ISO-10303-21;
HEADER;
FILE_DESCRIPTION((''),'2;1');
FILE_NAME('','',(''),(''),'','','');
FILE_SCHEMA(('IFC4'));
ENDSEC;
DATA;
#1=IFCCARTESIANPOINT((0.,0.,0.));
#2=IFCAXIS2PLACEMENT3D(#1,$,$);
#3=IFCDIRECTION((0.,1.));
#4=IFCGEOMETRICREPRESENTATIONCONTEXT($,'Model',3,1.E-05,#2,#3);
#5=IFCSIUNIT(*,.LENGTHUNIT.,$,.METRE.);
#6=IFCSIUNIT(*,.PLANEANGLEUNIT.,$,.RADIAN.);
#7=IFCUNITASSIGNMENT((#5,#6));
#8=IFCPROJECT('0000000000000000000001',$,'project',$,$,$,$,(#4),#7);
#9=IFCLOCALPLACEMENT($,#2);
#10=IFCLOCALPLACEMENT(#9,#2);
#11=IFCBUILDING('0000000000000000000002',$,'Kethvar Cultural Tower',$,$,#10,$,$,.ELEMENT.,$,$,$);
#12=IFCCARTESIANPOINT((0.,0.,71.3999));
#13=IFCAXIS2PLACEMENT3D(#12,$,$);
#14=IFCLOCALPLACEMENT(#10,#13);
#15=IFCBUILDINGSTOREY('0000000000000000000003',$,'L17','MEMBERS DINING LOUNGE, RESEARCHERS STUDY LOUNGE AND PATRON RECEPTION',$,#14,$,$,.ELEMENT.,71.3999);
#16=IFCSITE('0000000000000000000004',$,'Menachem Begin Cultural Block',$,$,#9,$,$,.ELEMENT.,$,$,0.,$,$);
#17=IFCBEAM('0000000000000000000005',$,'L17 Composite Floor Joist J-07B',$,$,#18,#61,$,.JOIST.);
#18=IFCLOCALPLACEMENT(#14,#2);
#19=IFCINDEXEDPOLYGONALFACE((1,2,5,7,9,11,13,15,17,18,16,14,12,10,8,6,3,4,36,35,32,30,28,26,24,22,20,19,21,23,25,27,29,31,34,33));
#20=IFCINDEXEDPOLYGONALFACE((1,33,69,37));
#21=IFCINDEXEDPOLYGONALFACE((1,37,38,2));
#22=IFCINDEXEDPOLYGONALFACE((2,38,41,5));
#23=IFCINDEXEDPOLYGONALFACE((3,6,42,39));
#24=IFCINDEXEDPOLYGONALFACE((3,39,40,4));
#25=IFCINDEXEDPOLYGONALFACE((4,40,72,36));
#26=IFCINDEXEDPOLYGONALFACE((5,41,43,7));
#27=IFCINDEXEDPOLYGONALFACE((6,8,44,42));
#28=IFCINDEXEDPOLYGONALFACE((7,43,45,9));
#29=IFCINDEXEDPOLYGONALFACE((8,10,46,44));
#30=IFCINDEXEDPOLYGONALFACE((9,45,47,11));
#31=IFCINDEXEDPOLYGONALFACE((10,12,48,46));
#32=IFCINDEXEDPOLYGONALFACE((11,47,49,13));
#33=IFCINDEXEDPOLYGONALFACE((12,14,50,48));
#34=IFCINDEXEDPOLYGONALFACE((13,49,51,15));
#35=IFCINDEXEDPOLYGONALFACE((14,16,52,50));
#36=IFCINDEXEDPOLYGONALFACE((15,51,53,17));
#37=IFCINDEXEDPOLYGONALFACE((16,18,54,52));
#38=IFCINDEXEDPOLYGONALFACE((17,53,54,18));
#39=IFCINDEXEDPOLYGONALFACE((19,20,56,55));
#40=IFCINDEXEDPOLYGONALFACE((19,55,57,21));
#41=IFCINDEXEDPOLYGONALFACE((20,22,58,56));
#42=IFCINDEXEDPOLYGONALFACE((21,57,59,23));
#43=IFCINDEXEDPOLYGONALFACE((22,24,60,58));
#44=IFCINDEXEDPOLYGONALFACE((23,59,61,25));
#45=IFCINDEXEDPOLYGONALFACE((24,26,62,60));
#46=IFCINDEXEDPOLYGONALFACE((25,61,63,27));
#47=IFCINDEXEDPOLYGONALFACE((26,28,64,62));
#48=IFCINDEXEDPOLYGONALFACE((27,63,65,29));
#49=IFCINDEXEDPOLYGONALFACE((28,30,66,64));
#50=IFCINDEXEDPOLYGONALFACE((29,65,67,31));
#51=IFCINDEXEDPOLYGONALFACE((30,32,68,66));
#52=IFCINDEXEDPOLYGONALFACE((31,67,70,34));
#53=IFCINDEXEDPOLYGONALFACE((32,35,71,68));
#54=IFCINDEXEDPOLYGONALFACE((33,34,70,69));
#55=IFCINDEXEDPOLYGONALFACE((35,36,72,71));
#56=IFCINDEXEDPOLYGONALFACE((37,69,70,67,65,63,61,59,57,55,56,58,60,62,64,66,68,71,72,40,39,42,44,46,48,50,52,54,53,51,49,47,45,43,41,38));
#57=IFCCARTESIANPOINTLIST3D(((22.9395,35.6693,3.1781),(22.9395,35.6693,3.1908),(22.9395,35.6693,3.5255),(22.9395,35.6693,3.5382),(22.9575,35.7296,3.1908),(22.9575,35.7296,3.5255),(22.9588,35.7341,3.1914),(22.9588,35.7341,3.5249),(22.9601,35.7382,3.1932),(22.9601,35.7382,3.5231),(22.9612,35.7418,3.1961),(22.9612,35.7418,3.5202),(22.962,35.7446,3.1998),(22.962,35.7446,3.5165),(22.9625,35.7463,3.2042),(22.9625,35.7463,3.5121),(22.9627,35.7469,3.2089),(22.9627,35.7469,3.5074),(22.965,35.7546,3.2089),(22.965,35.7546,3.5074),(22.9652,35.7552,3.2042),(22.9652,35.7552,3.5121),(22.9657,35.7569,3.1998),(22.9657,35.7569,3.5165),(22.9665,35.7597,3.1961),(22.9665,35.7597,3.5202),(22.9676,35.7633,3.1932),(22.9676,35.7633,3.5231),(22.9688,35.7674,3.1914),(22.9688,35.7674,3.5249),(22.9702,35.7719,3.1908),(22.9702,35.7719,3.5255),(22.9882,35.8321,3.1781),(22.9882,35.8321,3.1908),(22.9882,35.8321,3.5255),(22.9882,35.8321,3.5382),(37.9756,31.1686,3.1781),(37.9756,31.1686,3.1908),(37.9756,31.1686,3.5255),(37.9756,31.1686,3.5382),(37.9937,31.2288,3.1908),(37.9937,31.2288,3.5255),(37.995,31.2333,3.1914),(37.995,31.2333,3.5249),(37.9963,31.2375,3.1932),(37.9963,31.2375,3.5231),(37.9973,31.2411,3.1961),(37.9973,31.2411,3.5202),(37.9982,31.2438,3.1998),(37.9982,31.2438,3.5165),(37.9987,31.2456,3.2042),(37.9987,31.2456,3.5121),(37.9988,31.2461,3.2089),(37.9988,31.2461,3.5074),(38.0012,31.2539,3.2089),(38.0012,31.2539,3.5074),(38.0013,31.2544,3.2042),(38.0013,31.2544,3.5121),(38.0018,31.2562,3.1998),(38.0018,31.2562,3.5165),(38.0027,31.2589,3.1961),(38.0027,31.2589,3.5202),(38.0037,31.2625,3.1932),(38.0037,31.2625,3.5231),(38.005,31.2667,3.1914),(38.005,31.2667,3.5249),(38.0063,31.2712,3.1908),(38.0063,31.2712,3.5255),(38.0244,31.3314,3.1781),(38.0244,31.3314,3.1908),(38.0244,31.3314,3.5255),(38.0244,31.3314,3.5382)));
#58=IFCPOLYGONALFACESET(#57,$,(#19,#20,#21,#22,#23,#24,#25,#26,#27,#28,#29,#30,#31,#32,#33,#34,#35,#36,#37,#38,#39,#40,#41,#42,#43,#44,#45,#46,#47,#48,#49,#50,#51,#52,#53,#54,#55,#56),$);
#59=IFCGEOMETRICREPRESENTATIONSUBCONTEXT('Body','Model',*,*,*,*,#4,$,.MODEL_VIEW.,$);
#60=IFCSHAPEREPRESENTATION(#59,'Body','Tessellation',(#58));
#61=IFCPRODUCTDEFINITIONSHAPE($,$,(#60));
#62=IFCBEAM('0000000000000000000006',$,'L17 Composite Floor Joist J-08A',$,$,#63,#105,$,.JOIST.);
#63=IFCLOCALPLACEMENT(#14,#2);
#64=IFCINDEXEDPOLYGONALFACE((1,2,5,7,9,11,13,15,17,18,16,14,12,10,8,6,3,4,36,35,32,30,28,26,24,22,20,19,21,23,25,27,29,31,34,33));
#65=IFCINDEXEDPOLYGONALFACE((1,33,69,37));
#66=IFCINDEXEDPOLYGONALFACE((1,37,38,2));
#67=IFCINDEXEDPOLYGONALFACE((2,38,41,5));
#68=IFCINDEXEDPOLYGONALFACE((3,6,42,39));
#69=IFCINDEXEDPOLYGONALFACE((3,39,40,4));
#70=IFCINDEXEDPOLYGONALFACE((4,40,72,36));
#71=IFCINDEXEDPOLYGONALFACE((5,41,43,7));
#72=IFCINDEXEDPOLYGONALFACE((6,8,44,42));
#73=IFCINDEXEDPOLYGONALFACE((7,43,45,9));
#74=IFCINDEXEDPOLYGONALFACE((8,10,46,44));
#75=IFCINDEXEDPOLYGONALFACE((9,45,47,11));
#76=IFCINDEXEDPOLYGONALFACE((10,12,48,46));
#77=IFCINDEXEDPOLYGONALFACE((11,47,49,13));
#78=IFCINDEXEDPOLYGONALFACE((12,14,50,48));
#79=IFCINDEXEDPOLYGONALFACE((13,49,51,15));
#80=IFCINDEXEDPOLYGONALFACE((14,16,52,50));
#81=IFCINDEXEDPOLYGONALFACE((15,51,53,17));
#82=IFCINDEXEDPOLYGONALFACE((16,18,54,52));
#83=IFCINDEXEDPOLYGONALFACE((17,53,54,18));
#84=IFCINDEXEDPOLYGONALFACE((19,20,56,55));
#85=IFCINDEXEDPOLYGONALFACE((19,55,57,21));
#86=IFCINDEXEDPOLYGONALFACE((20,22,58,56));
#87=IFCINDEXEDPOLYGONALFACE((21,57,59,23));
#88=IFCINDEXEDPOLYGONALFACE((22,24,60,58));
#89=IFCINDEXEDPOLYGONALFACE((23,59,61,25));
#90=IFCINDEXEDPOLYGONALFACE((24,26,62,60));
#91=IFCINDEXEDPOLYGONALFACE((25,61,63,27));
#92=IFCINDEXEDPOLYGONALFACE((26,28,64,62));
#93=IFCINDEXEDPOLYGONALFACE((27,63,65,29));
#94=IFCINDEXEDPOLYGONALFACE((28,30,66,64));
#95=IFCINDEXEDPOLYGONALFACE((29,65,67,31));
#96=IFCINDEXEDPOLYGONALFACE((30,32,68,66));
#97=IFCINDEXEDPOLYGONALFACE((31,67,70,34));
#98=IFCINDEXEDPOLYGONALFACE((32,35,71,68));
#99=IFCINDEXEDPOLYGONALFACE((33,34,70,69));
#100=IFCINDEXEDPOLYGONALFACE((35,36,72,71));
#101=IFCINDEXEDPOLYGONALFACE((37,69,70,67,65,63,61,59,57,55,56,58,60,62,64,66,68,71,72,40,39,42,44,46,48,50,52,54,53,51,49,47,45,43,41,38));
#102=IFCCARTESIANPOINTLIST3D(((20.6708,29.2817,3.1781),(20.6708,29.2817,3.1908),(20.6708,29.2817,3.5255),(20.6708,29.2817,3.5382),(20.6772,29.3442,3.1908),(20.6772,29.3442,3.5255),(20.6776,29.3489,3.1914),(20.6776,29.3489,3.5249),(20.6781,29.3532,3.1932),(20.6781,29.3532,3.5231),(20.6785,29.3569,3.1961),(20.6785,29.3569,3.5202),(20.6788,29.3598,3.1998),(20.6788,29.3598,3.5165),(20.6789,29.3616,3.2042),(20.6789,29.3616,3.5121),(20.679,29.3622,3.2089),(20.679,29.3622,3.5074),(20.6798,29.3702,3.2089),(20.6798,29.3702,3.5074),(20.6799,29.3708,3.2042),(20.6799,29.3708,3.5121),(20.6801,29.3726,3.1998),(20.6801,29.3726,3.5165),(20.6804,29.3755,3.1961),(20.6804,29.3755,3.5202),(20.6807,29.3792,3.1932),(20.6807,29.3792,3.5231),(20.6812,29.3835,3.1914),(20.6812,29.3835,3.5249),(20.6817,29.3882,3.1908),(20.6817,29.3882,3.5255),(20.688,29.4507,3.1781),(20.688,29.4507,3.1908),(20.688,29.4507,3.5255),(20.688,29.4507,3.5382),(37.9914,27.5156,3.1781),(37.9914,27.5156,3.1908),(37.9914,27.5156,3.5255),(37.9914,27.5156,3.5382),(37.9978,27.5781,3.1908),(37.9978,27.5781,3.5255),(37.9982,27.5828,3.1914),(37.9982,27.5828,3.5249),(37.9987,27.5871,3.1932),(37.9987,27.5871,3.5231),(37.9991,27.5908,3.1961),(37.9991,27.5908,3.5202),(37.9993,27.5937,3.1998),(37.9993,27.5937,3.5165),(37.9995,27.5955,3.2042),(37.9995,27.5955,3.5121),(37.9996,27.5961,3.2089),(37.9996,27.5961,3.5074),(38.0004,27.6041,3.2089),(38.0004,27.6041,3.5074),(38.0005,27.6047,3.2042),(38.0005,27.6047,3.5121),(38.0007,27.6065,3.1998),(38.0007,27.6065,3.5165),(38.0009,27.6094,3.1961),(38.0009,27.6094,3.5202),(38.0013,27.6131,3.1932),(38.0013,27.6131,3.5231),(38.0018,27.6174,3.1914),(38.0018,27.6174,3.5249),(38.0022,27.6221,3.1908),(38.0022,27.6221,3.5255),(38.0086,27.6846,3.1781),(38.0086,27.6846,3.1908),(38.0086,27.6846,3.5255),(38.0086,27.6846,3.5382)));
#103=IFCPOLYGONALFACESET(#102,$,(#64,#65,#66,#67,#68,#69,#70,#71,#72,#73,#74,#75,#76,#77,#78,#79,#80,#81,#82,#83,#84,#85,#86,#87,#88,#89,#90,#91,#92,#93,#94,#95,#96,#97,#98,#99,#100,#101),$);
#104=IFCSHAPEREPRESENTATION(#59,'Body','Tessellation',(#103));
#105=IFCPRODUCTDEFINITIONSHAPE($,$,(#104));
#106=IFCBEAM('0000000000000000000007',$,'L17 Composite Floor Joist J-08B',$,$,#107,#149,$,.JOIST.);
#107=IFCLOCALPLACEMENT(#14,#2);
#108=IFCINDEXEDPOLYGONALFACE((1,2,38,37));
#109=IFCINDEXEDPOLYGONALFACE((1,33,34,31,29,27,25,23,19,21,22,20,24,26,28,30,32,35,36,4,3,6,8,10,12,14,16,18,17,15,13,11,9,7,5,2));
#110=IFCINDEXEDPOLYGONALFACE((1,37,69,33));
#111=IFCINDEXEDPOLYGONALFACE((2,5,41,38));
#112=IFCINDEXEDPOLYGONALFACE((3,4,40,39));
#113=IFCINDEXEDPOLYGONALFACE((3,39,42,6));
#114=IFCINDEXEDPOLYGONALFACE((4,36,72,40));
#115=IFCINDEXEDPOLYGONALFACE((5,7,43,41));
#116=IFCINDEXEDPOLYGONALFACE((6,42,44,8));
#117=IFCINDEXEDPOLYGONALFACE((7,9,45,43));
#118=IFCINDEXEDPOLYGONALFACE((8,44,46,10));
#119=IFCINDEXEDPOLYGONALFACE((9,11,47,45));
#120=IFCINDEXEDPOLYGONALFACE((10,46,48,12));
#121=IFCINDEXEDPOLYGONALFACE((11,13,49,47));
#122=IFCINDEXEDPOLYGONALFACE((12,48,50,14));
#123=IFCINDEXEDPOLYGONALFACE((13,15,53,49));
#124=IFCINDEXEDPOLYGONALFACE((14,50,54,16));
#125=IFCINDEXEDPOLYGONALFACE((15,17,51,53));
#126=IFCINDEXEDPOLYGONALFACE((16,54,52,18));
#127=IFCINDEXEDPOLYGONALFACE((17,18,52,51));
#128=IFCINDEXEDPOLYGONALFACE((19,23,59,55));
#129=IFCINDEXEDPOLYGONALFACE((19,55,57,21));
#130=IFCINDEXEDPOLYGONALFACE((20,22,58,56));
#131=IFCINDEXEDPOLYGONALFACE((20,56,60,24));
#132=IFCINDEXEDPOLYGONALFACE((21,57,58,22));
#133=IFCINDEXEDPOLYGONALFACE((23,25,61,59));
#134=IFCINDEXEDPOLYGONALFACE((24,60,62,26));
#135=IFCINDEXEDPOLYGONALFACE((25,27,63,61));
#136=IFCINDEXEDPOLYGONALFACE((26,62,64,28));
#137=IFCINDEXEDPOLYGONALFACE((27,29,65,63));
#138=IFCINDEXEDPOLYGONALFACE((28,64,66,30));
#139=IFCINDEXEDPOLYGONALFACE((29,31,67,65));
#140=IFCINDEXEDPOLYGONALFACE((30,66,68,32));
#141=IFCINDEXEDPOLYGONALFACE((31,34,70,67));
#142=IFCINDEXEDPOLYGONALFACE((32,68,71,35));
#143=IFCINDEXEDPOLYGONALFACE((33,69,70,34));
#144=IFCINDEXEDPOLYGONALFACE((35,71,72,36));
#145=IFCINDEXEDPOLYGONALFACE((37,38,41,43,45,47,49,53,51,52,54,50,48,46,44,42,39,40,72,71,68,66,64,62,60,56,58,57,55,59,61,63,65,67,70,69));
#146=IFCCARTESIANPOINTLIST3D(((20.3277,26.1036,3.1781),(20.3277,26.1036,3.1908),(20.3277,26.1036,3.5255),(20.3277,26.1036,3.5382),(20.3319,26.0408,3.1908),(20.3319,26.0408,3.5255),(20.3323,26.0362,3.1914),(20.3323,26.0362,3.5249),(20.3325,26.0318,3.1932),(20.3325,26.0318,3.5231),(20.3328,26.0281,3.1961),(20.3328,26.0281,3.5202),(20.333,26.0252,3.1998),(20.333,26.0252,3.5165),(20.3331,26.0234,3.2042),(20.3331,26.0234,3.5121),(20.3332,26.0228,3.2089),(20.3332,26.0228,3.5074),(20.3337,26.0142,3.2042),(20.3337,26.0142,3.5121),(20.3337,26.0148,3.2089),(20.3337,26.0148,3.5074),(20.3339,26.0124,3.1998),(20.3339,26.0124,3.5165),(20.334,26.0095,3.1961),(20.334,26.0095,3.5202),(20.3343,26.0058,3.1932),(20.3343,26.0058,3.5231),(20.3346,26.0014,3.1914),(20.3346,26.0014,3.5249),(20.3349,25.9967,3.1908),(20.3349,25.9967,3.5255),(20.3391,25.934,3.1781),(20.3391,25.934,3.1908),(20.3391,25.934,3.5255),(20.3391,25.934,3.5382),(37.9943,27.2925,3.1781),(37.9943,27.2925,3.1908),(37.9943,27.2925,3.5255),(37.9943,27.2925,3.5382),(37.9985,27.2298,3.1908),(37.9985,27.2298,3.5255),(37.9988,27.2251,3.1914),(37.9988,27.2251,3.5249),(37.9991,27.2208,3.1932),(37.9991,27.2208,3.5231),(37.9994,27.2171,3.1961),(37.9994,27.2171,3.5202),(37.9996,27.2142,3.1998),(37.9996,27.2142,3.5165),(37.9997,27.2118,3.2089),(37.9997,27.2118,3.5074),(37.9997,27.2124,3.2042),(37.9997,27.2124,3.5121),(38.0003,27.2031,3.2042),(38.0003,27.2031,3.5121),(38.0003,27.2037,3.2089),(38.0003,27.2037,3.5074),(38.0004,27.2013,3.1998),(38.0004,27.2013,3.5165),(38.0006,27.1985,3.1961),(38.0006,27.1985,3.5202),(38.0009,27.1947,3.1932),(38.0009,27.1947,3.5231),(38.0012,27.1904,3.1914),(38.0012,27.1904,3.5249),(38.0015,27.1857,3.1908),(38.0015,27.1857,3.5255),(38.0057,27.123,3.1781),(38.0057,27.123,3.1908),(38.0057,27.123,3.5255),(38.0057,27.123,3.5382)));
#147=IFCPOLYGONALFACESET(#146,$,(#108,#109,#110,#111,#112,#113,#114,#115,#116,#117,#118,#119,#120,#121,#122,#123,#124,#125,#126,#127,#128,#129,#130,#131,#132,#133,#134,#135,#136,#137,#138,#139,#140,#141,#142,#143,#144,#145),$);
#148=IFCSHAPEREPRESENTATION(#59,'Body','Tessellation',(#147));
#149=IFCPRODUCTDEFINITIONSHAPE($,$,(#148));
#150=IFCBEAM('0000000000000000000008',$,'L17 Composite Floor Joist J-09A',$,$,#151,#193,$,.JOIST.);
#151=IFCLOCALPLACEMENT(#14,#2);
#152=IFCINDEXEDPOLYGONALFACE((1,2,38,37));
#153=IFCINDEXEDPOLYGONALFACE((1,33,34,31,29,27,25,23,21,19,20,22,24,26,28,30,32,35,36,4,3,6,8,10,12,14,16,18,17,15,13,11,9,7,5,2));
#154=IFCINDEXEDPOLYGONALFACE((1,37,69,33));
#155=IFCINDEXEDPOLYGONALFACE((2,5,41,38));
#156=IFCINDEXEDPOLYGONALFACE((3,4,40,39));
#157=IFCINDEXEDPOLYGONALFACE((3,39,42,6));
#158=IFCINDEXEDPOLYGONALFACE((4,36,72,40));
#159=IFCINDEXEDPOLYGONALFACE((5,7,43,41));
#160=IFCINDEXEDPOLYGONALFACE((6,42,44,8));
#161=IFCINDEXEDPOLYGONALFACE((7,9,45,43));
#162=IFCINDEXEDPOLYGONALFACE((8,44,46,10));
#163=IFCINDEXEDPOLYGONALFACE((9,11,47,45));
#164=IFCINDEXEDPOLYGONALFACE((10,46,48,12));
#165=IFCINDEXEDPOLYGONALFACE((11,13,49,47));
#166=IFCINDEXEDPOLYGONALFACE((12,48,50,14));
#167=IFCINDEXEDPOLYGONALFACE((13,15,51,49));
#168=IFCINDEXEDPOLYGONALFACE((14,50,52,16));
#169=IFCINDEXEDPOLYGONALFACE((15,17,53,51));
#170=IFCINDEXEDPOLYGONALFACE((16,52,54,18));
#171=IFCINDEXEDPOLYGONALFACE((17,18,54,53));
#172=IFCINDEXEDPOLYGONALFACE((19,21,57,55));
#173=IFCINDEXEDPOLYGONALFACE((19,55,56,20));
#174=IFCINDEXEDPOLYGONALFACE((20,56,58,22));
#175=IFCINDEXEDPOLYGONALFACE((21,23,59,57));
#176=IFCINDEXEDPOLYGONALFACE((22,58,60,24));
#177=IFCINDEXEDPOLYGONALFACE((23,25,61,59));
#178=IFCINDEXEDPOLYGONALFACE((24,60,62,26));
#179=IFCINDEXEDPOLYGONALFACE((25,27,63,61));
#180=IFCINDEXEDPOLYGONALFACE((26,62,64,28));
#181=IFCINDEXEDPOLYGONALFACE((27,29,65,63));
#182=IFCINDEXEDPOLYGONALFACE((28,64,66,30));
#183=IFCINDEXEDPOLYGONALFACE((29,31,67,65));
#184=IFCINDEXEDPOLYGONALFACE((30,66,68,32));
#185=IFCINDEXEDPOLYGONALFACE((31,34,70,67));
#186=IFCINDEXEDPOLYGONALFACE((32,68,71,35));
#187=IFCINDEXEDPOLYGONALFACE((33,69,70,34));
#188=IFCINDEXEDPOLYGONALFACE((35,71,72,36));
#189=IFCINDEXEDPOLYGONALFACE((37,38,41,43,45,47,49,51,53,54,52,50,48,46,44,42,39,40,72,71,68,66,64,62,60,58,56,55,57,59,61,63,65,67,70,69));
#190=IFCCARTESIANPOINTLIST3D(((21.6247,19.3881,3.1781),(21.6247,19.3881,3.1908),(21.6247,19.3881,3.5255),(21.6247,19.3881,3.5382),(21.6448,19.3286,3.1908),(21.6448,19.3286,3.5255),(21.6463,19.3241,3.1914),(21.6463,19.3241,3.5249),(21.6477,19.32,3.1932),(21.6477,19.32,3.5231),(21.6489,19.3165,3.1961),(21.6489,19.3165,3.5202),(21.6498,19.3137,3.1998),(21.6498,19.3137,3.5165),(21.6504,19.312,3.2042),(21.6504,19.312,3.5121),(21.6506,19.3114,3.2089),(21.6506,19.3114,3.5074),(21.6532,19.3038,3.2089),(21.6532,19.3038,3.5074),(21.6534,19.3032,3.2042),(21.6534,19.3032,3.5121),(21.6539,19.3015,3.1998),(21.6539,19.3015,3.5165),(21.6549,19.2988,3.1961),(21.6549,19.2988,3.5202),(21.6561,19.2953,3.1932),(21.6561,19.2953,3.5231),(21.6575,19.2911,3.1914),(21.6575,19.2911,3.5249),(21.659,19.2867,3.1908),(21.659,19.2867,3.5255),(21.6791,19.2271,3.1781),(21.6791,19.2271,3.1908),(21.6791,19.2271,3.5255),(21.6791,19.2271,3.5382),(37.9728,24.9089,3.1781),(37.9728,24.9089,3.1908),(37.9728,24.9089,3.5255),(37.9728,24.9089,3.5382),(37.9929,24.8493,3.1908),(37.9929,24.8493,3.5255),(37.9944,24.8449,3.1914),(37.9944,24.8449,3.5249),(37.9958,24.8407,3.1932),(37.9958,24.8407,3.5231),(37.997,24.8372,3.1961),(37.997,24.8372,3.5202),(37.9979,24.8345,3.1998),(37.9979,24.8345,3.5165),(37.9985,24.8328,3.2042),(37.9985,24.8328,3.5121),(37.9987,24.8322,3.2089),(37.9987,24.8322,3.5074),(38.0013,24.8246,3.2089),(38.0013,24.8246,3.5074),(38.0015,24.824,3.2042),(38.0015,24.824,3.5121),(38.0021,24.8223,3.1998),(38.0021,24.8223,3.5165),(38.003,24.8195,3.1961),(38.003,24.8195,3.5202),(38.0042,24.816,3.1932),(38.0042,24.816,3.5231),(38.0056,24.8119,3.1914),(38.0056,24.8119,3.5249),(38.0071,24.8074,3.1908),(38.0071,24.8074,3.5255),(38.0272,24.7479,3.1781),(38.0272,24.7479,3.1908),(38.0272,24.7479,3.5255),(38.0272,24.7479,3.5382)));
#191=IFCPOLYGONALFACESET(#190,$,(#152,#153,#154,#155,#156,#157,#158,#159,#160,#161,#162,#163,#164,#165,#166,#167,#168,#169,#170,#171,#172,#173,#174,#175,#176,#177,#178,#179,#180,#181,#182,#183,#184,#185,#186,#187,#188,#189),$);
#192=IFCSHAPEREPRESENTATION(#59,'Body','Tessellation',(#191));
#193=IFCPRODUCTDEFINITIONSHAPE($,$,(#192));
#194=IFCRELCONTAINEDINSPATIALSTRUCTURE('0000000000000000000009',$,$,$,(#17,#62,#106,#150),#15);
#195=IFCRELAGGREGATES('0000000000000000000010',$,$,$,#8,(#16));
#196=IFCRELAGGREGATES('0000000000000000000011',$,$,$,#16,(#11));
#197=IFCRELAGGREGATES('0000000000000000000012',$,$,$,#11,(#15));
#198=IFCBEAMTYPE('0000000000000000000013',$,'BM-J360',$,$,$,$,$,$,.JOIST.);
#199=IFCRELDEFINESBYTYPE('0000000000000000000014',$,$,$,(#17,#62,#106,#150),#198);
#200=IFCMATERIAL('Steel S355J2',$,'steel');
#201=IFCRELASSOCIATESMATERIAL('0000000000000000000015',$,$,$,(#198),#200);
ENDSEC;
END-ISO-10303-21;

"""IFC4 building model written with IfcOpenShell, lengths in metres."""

from ifc_helpers import new_model, si_unit, direction, frame, origin, origin_2d, place, context, subcontext, project, spatial, i_section, extrude, source, transform, mapped, material, material_profile, profile_set, type_object, element, save


model = new_model("IFC4")

# Units and contexts
model_context = context("Model", 3, precision=1e-05, world=origin(), true_north=direction((0.0, 1.0)))
body_context = subcontext(model_context, "Body", "Model", "MODEL_VIEW")
ifc_project = project(units=[si_unit("LENGTHUNIT", "METRE"), si_unit("PLANEANGLEUNIT", "RADIAN")], contexts=[model_context])

# Site, building, storey
site_placement = place(None, origin())
site = spatial("IfcSite", under=ifc_project, at=site_placement, Name="Menachem Begin Cultural Block", CompositionType="ELEMENT", RefElevation=0.0)
building_placement = place(site_placement, origin())
building = spatial("IfcBuilding", under=site, at=building_placement, Name="Kethvar Cultural Tower", CompositionType="ELEMENT")
storey_placement = place(building_placement, frame((0.0, 0.0, 71.3999)))
storey = spatial("IfcBuildingStorey", under=building, at=storey_placement, Name="L17", Description="MEMBERS DINING LOUNGE, RESEARCHERS STUDY LOUNGE AND PATRON RECEPTION", CompositionType="ELEMENT", Elevation=71.3999)

# Beams
ifc_material_1 = material(Name="Steel S355J2", Category="steel")
ifc_material_profile_1 = material_profile(ifc_material_1, i_section(OverallWidth=0.1699, OverallDepth=0.3601, WebThickness=0.0081, FlangeThickness=0.0127, FilletRadius=0.0181, at=origin_2d()), Name="Steel S355J2 — IPE360")
ifc_profile_set_1 = profile_set([ifc_material_profile_1], Name="Steel S355J2 — IPE360")
beam_type_1 = type_object("IfcBeamType", Name="BM-J360", PredefinedType="JOIST", material=ifc_profile_set_1)
shared_shape_1 = source(origin(), body_context, "Body", "SweptSolid", [
    extrude(i_section(OverallWidth=0.1699, OverallDepth=0.3601, WebThickness=0.0081, FlangeThickness=0.0127, FilletRadius=0.0181, at=origin_2d()), origin(), (0.0, 0.0, 1.0), 15.6953),
])
beam_1_placement = place(storey_placement, frame((38.0, 31.25, 3.3582), z_axis=(-0.958003, 0.286757, 0.0), x_axis=(-0.286757, -0.958003, 0.0)))
element("IfcBeam", 1, at=beam_1_placement, inside=storey, type_object=beam_type_1, Name="L17 Composite Floor Joist J-07B", PredefinedType="JOIST", context=body_context, shape_type="MappedRepresentation", body=[
    mapped(shared_shape_1, transform((0.0, 0.0, 0.0), scale=1.0)),
])
shared_shape_2 = source(origin(), body_context, "Body", "SweptSolid", [
    extrude(i_section(OverallWidth=0.1699, OverallDepth=0.3601, WebThickness=0.0081, FlangeThickness=0.0127, FilletRadius=0.0181, at=origin_2d()), origin(), (0.0, 0.0, 1.0), 17.4104),
])
beam_2_placement = place(storey_placement, frame((38.0, 27.6001, 3.3582), z_axis=(-0.994842, 0.10144, 0.0), x_axis=(-0.10144, -0.994842, 0.0)))
element("IfcBeam", 2, at=beam_2_placement, inside=storey, type_object=beam_type_1, Name="L17 Composite Floor Joist J-08A", PredefinedType="JOIST", context=body_context, shape_type="MappedRepresentation", body=[
    mapped(shared_shape_2, transform((0.0, 0.0, 0.0), scale=1.0)),
])
shared_shape_3 = source(origin(), body_context, "Body", "SweptSolid", [
    extrude(i_section(OverallWidth=0.1699, OverallDepth=0.3601, WebThickness=0.0081, FlangeThickness=0.0127, FilletRadius=0.0181, at=origin_2d()), origin(), (0.0, 0.0, 1.0), 17.7065),
])
beam_3_placement = place(storey_placement, frame((38.0, 27.2078, 3.3582), z_axis=(-0.997743, -0.067149, 0.0), x_axis=(0.067149, -0.997743, 0.0)))
element("IfcBeam", 3, at=beam_3_placement, inside=storey, type_object=beam_type_1, Name="L17 Composite Floor Joist J-08B", PredefinedType="JOIST", context=body_context, shape_type="MappedRepresentation", body=[
    mapped(shared_shape_3, transform((0.0, 0.0, 0.0), scale=1.0)),
])
shared_shape_4 = source(origin(), body_context, "Body", "SweptSolid", [
    extrude(i_section(OverallWidth=0.1699, OverallDepth=0.3601, WebThickness=0.0081, FlangeThickness=0.0127, FilletRadius=0.0181, at=origin_2d()), origin(), (0.0, 0.0, 1.0), 17.2551),
])
beam_4_placement = place(storey_placement, frame((38.0, 24.8284, 3.3582), z_axis=(-0.947435, -0.319948, 0.0), x_axis=(0.319948, -0.947435, 0.0)))
element("IfcBeam", 4, at=beam_4_placement, inside=storey, type_object=beam_type_1, Name="L17 Composite Floor Joist J-09A", PredefinedType="JOIST", context=body_context, shape_type="MappedRepresentation", body=[
    mapped(shared_shape_4, transform((0.0, 0.0, 0.0), scale=1.0)),
])

save(model, "model.ifc")
